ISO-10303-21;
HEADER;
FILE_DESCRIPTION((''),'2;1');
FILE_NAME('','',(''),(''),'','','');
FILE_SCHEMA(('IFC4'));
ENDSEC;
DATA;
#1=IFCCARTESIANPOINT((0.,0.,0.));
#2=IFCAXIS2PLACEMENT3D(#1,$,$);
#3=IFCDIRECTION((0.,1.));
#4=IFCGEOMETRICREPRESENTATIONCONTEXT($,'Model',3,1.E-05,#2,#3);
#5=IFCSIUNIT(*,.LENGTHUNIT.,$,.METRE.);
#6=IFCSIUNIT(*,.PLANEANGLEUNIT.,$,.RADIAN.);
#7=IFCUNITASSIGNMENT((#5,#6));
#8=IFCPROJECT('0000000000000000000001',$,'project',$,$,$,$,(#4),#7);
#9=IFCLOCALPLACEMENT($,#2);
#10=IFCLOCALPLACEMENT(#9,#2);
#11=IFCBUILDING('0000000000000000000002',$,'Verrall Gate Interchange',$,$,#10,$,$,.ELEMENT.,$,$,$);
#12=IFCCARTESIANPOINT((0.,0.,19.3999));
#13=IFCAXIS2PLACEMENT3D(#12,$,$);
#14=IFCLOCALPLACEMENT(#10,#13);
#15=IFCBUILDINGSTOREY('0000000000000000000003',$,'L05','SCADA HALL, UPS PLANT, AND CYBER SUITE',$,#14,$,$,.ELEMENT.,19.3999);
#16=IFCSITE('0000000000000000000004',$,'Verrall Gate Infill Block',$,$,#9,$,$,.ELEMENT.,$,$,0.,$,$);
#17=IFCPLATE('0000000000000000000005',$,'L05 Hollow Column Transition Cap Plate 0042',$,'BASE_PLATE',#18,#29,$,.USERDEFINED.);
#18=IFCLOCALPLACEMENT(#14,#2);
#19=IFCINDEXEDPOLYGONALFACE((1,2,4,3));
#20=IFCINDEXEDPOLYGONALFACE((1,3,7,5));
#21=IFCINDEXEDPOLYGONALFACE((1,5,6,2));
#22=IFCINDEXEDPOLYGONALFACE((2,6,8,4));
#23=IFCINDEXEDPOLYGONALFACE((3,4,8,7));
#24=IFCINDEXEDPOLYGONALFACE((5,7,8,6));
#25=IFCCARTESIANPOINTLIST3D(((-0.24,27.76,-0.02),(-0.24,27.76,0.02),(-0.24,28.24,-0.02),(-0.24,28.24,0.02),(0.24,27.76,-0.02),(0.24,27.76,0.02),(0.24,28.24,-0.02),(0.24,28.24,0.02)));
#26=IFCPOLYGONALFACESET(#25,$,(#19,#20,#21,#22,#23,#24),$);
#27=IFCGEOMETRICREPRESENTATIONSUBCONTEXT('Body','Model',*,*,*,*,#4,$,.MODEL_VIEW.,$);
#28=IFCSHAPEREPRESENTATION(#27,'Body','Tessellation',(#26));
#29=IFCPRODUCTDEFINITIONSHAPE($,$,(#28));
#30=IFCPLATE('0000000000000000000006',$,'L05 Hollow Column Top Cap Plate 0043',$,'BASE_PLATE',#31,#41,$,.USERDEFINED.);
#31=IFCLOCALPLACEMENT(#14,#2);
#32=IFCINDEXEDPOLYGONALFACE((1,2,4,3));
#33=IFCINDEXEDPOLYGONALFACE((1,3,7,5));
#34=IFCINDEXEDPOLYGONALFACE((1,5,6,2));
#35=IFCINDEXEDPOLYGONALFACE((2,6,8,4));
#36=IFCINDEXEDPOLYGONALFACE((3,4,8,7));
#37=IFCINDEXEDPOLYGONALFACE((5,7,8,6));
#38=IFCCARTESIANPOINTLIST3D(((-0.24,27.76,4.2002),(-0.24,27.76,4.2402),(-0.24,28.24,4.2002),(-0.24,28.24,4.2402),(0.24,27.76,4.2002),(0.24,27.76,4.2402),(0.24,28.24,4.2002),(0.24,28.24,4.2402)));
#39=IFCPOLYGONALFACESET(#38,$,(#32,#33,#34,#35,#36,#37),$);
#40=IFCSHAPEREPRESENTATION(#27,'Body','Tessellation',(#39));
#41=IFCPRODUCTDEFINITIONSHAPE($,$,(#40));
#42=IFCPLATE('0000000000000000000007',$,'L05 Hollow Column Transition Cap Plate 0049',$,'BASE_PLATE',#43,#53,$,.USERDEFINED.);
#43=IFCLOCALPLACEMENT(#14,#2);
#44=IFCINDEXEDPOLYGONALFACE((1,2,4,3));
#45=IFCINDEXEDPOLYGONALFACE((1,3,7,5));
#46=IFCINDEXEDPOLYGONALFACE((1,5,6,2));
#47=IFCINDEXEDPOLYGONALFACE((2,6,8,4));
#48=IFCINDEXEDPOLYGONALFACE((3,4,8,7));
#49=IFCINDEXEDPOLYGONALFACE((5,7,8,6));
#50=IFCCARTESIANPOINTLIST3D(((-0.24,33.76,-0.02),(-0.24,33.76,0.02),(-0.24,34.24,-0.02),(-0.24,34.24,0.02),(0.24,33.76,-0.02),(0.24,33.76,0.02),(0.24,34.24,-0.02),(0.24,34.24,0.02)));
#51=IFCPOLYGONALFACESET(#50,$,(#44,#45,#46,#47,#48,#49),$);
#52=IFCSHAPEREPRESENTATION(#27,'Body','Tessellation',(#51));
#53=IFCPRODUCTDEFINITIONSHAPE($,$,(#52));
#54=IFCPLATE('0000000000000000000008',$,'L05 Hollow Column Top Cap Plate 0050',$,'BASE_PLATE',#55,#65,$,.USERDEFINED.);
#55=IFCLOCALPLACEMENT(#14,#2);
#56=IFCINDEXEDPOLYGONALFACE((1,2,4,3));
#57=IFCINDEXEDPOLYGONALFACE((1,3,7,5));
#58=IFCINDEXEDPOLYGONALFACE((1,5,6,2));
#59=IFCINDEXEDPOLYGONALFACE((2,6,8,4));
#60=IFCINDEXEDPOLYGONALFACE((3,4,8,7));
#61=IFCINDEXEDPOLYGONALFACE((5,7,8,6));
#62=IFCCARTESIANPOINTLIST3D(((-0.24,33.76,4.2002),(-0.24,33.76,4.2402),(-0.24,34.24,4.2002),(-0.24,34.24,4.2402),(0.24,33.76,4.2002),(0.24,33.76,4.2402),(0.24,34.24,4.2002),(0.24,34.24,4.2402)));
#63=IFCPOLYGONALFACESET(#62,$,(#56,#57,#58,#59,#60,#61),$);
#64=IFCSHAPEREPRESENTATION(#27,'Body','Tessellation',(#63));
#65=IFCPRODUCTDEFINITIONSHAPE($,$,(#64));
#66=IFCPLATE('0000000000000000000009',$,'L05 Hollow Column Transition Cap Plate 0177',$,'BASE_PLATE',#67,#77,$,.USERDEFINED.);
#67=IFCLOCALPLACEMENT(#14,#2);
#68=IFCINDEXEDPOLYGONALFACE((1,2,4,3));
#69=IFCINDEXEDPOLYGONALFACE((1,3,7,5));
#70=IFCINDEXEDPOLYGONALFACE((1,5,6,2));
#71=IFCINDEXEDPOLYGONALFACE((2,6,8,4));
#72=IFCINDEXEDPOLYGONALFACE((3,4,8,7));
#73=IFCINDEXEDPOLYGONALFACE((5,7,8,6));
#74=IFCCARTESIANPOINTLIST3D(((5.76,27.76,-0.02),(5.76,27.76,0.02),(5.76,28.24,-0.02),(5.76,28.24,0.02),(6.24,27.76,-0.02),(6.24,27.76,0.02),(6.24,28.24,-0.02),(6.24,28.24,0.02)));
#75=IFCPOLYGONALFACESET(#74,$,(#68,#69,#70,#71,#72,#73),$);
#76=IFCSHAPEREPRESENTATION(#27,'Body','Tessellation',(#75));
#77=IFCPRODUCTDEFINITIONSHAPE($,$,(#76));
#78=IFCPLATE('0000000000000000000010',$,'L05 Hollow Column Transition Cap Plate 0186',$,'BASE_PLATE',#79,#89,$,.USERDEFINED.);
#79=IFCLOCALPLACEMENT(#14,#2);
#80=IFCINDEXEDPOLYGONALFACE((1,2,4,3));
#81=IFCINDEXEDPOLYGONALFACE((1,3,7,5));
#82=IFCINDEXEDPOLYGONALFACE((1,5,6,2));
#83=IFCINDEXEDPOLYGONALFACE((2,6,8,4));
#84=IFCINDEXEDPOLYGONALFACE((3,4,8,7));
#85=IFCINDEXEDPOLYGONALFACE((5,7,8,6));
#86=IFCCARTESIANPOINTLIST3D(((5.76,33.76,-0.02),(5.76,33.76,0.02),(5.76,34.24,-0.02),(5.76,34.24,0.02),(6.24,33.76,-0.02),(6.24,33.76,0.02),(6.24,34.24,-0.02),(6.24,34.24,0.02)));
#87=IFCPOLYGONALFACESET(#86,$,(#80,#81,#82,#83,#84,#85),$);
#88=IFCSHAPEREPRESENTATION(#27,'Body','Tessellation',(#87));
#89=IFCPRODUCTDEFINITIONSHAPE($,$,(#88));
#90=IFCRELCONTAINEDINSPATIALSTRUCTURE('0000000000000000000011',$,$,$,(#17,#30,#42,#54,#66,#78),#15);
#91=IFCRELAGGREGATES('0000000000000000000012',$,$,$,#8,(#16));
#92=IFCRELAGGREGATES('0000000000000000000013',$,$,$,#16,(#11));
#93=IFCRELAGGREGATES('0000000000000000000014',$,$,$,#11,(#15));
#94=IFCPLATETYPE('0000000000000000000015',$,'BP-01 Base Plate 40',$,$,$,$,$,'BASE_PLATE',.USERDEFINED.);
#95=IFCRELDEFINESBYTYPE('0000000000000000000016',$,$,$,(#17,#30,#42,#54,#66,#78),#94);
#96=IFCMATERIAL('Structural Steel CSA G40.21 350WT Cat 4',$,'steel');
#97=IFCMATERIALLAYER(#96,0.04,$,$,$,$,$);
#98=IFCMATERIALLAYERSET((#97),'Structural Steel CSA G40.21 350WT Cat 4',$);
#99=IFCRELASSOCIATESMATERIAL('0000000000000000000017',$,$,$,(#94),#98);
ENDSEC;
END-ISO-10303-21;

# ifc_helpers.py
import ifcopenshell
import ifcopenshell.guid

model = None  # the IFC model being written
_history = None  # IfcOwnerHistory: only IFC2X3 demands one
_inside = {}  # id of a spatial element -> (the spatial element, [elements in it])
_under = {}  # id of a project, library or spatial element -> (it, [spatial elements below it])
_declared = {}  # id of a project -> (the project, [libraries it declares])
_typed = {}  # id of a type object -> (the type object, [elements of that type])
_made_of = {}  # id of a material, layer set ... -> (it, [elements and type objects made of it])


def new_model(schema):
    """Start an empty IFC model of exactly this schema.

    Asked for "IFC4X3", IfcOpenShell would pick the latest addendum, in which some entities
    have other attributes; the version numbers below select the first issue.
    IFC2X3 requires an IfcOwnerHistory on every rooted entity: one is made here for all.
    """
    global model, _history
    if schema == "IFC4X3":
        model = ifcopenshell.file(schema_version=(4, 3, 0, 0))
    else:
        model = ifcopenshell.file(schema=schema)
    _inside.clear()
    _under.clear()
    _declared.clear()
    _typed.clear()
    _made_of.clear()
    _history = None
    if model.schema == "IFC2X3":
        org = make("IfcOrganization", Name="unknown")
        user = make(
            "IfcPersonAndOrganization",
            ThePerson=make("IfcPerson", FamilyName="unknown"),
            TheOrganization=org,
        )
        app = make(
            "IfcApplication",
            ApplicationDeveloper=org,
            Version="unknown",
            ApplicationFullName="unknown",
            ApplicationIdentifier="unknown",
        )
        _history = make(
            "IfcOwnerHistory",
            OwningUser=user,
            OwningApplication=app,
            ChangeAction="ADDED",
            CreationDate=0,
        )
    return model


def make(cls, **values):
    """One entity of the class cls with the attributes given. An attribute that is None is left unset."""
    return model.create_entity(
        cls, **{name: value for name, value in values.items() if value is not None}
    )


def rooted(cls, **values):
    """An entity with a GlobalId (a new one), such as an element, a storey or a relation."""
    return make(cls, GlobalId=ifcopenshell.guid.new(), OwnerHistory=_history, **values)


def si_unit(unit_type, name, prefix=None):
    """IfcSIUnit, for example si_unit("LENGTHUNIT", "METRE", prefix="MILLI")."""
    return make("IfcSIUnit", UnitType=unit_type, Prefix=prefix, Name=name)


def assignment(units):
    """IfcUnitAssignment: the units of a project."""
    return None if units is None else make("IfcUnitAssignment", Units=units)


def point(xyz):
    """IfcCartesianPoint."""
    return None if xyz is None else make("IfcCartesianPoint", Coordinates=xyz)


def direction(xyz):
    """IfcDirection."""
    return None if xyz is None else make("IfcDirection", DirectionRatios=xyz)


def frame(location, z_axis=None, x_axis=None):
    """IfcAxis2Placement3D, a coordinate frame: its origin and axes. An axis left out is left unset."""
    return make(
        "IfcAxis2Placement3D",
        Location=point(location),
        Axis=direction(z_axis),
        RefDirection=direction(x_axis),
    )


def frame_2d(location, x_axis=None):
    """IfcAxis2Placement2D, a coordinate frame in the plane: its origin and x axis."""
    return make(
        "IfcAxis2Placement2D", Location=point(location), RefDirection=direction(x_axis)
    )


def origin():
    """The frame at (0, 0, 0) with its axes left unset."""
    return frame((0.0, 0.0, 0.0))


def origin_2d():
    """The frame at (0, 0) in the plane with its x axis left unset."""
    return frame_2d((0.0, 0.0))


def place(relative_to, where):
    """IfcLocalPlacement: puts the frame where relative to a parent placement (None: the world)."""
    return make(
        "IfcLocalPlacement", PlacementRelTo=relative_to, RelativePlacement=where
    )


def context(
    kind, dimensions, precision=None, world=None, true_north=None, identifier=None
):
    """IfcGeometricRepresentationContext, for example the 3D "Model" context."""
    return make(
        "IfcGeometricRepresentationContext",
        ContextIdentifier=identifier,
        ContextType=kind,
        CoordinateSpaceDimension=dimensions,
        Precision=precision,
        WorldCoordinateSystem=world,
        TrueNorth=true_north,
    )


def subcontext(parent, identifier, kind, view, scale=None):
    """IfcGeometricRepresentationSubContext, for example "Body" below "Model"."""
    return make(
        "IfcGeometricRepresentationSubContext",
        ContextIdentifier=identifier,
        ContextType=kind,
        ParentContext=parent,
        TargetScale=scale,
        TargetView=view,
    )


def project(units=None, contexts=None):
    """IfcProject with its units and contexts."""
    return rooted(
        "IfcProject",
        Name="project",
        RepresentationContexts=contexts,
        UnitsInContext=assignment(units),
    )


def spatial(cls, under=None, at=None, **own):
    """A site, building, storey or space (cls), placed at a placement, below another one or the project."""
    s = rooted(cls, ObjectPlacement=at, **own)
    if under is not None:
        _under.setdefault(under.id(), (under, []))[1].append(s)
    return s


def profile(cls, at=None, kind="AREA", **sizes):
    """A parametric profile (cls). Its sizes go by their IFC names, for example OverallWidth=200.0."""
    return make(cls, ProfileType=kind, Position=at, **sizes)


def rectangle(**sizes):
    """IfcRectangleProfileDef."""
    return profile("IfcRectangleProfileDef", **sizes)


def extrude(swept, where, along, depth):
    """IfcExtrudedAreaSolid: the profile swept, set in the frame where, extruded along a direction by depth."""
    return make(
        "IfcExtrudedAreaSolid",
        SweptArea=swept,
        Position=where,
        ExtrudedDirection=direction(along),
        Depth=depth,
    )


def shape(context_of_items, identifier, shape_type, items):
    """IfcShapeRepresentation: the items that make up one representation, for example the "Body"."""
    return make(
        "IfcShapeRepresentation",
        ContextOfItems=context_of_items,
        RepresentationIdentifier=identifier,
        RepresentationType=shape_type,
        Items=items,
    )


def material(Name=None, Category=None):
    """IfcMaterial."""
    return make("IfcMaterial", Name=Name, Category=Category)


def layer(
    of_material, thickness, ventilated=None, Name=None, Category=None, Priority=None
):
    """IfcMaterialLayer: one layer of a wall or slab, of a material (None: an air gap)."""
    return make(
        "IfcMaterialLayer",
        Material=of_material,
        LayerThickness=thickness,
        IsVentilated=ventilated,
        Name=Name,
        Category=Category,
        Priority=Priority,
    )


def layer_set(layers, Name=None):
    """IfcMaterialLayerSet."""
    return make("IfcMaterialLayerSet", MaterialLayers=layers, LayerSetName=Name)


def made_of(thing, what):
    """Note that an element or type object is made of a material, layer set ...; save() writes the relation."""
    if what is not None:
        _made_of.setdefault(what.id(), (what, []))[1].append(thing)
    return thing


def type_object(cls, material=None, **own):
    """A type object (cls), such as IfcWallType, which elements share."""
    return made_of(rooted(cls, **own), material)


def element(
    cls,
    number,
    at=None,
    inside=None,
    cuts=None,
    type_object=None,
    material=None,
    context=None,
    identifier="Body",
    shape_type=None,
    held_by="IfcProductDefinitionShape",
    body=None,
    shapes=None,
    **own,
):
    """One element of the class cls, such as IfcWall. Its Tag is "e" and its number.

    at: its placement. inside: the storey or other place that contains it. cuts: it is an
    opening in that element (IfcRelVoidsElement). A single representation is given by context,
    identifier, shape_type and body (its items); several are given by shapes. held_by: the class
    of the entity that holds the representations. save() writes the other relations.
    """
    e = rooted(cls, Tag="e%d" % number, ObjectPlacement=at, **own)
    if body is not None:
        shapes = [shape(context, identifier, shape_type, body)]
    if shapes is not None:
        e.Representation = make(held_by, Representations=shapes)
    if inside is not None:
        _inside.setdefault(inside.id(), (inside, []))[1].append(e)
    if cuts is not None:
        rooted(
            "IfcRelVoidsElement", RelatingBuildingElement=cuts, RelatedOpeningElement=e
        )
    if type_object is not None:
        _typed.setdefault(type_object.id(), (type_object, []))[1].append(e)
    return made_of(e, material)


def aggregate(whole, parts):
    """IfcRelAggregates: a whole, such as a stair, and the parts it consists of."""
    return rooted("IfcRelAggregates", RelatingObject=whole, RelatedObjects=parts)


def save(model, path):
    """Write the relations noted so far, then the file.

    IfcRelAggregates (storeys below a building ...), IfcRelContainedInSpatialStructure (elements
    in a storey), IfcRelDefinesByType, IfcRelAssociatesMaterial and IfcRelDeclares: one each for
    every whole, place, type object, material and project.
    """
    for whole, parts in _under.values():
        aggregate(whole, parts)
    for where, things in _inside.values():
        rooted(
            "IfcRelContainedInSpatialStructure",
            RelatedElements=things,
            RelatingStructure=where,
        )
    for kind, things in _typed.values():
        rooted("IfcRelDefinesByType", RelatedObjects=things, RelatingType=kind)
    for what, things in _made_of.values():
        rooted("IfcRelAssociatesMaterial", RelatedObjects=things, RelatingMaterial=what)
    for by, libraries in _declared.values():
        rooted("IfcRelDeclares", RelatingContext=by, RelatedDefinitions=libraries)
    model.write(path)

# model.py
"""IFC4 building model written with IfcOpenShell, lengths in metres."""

from ifc_helpers import new_model, si_unit, direction, frame, origin, origin_2d, place, context, subcontext, project, spatial, rectangle, extrude, material, layer, layer_set, type_object, element, save


model = new_model("IFC4")

# Units and contexts
model_context = context("Model", 3, precision=1e-05, world=origin(), true_north=direction((0.0, 1.0)))
body_context = subcontext(model_context, "Body", "Model", "MODEL_VIEW")
ifc_project = project(units=[si_unit("LENGTHUNIT", "METRE"), si_unit("PLANEANGLEUNIT", "RADIAN")], contexts=[model_context])

# Site, building, storey
site_placement = place(None, origin())
site = spatial("IfcSite", under=ifc_project, at=site_placement, Name="Verrall Gate Infill Block", CompositionType="ELEMENT", RefElevation=0.0)
building_placement = place(site_placement, origin())
building = spatial("IfcBuilding", under=site, at=building_placement, Name="Verrall Gate Interchange", CompositionType="ELEMENT")
storey_placement = place(building_placement, frame((0.0, 0.0, 19.3999)))
storey = spatial("IfcBuildingStorey", under=building, at=storey_placement, Name="L05", Description="SCADA HALL, UPS PLANT, AND CYBER SUITE", CompositionType="ELEMENT", Elevation=19.3999)

# Plates
ifc_material_1 = material(Name="Structural Steel CSA G40.21 350WT Cat 4", Category="steel")
ifc_layer_1 = layer(ifc_material_1, 0.04)
ifc_layer_set_1 = layer_set([ifc_layer_1], Name="Structural Steel CSA G40.21 350WT Cat 4")
plate_type = type_object("IfcPlateType", Name="BP-01 Base Plate 40", ElementType="BASE_PLATE", PredefinedType="USERDEFINED", material=ifc_layer_set_1)
for number, where, z_axis, x_axis, name in (
    (1, (0.0, 28.0, -0.02), (0.0, 0.0, 1.0), (1.0, 0.0, 0.0), "L05 Hollow Column Transition Cap Plate 0042"),
    (2, (0.0, 28.0, 4.2002), (0.0, 0.0, 1.0), (1.0, 0.0, 0.0), "L05 Hollow Column Top Cap Plate 0043"),
    (3, (0.0, 34.0, -0.02), (0.0, 0.0, 1.0), (1.0, 0.0, 0.0), "L05 Hollow Column Transition Cap Plate 0049"),
    (4, (0.0, 34.0, 4.2002), (0.0, 0.0, 1.0), (1.0, 0.0, 0.0), "L05 Hollow Column Top Cap Plate 0050"),
    (5, (6.0, 28.0, -0.02), (0.0, 0.0, 1.0), (1.0, 0.0, 0.0), "L05 Hollow Column Transition Cap Plate 0177"),
    (6, (6.0, 34.0, -0.02), (0.0, 0.0, 1.0), (1.0, 0.0, 0.0), "L05 Hollow Column Transition Cap Plate 0186"),
):
    element("IfcPlate", number, at=place(storey_placement, frame(where, z_axis=z_axis, x_axis=x_axis)), inside=storey, type_object=plate_type, Name=name, ObjectType="BASE_PLATE", PredefinedType="USERDEFINED", context=body_context, shape_type="SweptSolid", body=[
        extrude(rectangle(XDim=0.48, YDim=0.48, at=origin_2d()), origin(), (0.0, 0.0, 1.0), 0.04),
    ])

save(model, "model.ifc")
